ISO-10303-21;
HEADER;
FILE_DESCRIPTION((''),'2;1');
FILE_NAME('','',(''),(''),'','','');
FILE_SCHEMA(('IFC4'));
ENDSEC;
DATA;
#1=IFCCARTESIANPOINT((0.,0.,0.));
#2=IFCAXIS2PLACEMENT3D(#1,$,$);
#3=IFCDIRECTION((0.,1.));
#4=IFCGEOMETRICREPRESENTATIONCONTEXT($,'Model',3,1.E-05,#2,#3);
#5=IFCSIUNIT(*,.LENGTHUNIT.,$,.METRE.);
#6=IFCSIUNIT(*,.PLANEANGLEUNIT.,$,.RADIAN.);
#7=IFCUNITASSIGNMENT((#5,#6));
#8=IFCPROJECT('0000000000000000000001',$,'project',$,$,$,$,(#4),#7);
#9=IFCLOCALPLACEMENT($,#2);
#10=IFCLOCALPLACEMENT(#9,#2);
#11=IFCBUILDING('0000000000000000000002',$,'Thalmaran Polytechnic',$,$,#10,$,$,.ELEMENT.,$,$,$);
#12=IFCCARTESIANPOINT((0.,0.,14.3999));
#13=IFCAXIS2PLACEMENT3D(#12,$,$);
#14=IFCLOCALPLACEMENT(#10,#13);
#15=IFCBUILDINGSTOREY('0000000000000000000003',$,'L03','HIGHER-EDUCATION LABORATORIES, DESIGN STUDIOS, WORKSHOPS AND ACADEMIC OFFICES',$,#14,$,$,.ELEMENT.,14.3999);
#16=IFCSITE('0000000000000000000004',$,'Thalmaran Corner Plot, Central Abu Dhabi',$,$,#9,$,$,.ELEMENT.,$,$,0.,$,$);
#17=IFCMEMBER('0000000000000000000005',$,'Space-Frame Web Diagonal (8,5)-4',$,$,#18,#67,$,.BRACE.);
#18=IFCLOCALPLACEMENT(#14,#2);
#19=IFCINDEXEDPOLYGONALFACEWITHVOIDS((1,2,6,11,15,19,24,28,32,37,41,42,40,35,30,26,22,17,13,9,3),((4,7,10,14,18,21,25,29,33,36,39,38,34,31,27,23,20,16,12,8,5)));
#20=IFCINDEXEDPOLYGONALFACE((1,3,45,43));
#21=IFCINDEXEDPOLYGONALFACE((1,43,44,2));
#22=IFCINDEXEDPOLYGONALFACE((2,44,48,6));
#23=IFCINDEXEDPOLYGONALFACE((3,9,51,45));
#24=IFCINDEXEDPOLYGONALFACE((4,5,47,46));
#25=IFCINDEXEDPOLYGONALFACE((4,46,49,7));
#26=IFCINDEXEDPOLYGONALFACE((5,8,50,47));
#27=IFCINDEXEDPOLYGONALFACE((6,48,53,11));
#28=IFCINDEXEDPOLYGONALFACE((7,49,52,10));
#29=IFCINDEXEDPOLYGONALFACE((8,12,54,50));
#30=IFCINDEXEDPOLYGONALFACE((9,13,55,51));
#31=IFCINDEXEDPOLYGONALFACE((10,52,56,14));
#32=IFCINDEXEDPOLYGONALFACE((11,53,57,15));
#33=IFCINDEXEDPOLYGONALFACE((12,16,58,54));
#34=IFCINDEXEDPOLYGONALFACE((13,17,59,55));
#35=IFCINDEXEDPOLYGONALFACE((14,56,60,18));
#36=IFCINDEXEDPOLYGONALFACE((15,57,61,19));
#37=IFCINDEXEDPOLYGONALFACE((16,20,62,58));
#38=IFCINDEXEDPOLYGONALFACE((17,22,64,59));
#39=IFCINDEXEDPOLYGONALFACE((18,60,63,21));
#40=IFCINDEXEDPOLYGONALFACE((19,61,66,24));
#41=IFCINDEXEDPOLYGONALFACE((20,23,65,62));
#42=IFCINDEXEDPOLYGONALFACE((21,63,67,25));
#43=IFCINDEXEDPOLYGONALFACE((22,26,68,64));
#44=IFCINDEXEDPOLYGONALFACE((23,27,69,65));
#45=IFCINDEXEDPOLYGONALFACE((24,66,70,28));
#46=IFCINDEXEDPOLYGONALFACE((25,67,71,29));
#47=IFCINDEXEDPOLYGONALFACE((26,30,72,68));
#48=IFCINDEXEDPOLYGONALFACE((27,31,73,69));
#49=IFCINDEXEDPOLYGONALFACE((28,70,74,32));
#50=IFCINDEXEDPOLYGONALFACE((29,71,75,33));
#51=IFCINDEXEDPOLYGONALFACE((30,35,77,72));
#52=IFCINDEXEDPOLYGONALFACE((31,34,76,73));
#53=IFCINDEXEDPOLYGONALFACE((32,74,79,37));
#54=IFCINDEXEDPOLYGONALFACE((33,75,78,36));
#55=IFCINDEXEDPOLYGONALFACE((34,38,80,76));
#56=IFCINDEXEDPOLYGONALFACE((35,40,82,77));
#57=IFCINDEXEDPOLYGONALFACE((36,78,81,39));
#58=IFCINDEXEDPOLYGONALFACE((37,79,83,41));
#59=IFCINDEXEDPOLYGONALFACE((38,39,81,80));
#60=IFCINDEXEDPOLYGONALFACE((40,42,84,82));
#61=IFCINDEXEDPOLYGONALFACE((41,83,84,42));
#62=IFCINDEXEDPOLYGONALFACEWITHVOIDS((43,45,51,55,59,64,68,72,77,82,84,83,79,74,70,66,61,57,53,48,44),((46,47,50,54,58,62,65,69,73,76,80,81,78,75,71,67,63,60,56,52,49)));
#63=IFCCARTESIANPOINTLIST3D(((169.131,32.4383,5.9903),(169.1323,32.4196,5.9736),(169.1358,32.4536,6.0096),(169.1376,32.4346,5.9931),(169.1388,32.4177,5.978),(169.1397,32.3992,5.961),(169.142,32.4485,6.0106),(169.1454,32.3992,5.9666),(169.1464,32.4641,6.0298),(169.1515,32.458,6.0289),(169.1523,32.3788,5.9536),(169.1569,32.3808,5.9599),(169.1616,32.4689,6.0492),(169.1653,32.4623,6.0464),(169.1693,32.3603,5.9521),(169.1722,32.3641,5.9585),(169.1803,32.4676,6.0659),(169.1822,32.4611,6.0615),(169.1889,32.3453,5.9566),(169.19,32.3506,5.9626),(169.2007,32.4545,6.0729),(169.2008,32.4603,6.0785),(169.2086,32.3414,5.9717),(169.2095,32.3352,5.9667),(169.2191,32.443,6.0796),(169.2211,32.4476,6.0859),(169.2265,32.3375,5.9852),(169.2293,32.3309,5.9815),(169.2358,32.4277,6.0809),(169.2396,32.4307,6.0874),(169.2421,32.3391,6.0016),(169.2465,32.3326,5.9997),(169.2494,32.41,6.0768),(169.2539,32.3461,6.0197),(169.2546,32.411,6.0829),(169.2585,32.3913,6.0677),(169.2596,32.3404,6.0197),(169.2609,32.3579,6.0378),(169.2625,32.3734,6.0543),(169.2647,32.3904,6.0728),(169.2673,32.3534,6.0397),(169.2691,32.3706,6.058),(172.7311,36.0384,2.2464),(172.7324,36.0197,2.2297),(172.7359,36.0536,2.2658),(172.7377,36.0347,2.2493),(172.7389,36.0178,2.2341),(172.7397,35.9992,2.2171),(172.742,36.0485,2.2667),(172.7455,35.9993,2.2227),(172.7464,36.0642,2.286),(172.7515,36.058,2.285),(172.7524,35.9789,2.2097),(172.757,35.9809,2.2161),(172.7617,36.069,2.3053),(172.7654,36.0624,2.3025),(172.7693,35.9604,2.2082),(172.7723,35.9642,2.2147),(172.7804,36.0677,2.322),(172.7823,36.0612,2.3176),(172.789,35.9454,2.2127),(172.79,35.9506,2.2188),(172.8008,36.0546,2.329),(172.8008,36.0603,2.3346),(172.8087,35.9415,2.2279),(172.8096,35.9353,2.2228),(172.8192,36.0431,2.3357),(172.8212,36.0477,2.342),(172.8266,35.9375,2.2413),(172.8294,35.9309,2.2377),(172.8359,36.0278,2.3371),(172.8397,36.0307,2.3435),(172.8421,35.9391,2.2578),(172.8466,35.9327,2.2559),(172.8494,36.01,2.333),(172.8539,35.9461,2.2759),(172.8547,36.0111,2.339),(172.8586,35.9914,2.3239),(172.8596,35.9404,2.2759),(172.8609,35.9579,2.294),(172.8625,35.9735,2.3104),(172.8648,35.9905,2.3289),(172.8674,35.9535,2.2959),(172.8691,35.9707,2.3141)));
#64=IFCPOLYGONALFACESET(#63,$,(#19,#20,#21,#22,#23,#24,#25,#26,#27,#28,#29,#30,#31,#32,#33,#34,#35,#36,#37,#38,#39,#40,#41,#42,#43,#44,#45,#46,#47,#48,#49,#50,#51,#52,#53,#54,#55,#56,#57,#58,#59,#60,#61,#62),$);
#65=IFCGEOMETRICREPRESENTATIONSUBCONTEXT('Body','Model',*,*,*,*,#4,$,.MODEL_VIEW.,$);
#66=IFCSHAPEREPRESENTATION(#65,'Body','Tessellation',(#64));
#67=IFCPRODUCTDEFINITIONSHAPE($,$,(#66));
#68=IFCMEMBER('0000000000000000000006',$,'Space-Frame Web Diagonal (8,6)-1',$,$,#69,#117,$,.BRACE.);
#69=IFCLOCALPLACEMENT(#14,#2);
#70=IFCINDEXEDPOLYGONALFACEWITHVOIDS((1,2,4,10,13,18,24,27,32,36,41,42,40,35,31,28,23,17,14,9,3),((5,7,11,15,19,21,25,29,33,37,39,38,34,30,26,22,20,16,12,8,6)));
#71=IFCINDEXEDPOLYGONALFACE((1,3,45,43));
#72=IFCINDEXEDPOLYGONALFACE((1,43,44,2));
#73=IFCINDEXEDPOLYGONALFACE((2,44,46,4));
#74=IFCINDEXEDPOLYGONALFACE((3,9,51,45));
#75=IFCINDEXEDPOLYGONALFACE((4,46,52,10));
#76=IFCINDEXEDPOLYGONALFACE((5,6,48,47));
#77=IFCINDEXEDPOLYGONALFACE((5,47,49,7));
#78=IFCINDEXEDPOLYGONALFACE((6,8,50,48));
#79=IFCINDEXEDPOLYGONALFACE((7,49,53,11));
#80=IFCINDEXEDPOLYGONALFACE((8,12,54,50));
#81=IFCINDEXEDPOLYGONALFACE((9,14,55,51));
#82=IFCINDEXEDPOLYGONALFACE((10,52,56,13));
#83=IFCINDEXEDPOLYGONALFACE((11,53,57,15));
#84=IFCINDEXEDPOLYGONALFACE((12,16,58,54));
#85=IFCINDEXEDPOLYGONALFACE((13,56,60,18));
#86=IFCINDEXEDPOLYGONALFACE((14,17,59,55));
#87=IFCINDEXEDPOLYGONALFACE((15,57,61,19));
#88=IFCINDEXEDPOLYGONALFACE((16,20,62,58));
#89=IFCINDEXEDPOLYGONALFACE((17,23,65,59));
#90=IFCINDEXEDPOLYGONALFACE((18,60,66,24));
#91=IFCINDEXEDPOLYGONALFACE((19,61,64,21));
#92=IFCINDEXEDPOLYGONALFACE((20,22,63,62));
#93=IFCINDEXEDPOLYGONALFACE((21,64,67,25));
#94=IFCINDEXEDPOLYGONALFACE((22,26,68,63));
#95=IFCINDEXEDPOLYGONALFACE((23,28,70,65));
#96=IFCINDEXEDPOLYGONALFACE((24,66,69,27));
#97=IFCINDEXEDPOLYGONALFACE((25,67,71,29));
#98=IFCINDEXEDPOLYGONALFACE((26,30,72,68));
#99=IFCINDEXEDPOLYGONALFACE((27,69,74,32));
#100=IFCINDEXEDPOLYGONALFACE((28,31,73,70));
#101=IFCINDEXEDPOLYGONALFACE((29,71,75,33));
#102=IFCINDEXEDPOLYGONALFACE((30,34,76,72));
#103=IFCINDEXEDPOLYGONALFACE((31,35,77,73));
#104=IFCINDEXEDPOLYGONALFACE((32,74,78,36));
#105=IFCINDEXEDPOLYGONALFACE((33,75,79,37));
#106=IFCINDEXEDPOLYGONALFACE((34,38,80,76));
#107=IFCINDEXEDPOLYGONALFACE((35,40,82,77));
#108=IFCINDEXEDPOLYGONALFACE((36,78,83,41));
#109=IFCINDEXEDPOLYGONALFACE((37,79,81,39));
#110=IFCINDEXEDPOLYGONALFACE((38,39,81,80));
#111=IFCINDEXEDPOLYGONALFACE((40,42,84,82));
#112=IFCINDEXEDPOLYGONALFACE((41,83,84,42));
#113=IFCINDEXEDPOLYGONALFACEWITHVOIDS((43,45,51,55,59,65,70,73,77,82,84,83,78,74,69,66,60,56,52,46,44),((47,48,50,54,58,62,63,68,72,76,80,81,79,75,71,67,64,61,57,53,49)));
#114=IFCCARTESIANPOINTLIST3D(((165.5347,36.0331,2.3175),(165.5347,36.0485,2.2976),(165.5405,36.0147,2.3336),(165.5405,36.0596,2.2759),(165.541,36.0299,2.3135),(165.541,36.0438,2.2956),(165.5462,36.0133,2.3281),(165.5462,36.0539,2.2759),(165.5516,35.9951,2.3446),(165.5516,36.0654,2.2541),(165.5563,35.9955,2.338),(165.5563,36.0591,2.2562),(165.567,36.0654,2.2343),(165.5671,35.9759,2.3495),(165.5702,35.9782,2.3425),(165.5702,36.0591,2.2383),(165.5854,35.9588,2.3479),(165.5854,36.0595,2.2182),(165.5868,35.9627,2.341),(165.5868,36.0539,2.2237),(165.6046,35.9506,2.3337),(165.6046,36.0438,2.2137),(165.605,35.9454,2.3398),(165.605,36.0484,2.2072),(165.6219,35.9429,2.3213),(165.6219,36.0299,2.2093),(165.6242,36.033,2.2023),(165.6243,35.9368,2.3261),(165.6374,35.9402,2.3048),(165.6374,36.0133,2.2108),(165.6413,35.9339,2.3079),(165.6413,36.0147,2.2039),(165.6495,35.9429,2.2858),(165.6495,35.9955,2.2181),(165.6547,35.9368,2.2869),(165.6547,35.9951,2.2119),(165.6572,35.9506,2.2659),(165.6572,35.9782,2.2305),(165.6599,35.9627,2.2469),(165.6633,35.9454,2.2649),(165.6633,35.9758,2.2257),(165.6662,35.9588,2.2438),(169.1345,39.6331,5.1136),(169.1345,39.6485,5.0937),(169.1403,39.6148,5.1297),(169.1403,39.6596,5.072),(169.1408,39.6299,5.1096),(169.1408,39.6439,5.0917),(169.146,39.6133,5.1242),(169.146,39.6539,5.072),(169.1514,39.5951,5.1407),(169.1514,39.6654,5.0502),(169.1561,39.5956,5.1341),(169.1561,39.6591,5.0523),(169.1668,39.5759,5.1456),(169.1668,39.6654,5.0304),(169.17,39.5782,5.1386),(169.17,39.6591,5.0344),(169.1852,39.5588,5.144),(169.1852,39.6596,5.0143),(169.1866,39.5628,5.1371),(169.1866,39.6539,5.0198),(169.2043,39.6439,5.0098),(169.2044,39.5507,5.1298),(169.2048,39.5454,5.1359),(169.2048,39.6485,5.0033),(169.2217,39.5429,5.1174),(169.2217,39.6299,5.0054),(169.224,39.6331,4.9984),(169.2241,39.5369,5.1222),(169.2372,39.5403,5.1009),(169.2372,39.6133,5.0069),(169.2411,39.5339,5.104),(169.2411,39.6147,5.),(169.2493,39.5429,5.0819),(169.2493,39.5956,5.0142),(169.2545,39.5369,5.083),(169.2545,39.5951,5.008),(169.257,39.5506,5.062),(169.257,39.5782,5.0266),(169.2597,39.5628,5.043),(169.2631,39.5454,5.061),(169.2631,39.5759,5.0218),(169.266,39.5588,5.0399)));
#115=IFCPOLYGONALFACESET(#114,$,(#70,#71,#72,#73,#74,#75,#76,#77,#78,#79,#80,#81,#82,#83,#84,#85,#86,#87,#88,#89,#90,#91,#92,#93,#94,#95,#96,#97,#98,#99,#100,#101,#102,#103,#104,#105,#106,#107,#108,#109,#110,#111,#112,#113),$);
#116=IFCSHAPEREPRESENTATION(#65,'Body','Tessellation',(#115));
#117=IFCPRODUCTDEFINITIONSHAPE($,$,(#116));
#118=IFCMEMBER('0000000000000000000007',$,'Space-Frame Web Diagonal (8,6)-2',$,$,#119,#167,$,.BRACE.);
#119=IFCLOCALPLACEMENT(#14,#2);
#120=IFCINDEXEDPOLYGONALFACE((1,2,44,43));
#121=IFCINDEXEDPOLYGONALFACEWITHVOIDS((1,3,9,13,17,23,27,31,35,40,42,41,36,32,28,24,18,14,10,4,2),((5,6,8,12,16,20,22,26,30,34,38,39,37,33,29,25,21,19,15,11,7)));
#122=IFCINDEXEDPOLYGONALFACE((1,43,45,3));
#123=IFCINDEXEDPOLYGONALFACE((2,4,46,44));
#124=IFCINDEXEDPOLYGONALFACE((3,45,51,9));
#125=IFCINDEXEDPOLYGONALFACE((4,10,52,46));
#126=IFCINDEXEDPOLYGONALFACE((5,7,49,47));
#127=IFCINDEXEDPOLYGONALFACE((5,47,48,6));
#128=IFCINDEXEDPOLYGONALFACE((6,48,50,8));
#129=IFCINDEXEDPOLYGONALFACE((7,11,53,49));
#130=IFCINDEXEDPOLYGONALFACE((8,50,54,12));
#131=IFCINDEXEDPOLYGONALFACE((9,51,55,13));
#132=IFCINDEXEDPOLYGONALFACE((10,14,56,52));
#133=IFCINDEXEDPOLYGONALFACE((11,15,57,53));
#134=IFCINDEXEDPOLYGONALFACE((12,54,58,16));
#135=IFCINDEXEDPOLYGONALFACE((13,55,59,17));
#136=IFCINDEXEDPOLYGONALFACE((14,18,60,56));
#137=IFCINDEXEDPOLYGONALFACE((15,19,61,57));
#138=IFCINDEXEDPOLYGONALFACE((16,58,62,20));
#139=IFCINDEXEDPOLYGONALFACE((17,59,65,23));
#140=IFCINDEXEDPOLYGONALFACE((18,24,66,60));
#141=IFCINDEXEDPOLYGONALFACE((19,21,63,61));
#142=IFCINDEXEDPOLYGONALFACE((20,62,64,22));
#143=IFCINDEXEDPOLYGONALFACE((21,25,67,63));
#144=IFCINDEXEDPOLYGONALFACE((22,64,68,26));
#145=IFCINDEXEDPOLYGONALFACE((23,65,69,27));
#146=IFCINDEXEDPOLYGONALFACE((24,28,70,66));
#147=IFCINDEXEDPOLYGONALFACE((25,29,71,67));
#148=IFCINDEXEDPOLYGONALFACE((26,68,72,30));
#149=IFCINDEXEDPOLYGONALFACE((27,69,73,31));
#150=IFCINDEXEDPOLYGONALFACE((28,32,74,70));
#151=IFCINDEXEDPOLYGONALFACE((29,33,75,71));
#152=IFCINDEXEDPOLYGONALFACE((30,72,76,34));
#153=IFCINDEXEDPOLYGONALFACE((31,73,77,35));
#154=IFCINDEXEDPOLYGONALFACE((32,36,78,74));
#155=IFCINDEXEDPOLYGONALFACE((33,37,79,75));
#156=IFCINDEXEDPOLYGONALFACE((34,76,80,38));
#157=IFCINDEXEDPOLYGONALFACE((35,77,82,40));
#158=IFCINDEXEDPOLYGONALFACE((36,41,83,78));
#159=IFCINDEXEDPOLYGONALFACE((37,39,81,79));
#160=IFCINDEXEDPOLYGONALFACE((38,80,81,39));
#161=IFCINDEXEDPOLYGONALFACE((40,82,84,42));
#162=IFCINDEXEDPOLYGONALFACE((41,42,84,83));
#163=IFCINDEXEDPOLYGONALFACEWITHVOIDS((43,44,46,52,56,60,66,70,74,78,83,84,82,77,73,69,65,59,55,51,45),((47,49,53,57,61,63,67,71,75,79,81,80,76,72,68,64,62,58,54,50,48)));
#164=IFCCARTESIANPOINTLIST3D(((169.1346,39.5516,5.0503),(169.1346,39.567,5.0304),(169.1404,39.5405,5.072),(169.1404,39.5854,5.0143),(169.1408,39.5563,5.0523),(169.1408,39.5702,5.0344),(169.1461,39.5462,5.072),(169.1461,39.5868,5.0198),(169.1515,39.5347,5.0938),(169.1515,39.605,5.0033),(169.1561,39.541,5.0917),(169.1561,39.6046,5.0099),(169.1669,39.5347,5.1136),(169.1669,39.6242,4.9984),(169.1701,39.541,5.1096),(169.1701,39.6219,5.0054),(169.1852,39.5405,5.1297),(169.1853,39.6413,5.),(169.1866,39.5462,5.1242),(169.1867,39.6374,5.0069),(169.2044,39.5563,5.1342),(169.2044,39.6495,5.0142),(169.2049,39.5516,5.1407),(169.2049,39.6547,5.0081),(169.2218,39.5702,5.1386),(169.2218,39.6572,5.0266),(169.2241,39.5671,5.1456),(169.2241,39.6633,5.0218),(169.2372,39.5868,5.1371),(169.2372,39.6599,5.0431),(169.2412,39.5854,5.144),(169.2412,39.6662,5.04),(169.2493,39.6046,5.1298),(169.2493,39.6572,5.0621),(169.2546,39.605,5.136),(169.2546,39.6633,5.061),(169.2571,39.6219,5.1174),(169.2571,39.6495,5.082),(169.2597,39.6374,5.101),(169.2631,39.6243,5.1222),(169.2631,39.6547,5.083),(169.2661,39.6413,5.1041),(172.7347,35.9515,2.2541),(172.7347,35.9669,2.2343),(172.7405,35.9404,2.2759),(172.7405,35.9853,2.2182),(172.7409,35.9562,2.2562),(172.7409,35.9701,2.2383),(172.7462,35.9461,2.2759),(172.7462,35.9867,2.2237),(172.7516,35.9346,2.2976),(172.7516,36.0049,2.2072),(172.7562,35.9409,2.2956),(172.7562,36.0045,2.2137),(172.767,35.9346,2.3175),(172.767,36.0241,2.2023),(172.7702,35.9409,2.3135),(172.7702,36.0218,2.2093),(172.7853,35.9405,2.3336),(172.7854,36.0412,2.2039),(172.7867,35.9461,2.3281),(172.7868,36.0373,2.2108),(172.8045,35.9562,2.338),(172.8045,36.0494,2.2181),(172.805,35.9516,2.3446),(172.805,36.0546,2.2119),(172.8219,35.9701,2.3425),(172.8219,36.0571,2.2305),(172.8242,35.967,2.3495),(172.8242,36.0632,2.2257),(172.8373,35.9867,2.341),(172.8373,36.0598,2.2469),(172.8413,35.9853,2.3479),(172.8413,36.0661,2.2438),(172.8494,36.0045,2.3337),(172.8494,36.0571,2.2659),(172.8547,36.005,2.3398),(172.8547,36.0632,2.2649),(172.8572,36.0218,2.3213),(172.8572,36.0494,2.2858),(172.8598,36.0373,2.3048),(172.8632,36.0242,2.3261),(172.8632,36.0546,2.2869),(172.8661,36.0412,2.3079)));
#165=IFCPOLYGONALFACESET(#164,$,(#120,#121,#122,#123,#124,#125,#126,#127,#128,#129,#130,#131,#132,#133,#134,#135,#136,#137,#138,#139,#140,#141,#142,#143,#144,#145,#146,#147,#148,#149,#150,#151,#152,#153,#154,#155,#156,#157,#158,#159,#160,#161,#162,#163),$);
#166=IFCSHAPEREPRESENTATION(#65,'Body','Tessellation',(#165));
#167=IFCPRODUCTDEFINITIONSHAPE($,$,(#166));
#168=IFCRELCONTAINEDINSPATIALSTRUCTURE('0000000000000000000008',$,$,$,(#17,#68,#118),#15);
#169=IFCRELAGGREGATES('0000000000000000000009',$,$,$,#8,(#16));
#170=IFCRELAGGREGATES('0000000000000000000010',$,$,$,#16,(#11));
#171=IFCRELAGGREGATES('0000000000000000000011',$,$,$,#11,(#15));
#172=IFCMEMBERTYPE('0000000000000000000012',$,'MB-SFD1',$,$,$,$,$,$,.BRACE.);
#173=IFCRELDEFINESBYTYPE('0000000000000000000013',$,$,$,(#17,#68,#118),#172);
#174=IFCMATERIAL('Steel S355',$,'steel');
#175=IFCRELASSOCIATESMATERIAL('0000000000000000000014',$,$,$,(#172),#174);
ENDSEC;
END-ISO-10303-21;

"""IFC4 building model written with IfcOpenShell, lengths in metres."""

from ifc_helpers import new_model, si_unit, direction, frame, origin, origin_2d, place, context, subcontext, project, spatial, hollow_circle, extrude, material, material_profile, profile_set, type_object, element, save


model = new_model("IFC4")

# Units and contexts
model_context = context("Model", 3, precision=1e-05, world=origin(), true_north=direction((0.0, 1.0)))
body_context = subcontext(model_context, "Body", "Model", "MODEL_VIEW")
ifc_project = project(units=[si_unit("LENGTHUNIT", "METRE"), si_unit("PLANEANGLEUNIT", "RADIAN")], contexts=[model_context])

# Site, building, storey
site_placement = place(None, origin())
site = spatial("IfcSite", under=ifc_project, at=site_placement, Name="Thalmaran Corner Plot, Central Abu Dhabi", CompositionType="ELEMENT", RefElevation=0.0)
building_placement = place(site_placement, origin())
building = spatial("IfcBuilding", under=site, at=building_placement, Name="Thalmaran Polytechnic", CompositionType="ELEMENT")
storey_placement = place(building_placement, frame((0.0, 0.0, 14.3999)))
storey = spatial("IfcBuildingStorey", under=building, at=storey_placement, Name="L03", Description="HIGHER-EDUCATION LABORATORIES, DESIGN STUDIOS, WORKSHOPS AND ACADEMIC OFFICES", CompositionType="ELEMENT", Elevation=14.3999)

# Shared definitions
ifc_material_1 = material(Name="Steel S355", Category="steel")

# Members
ifc_material_profile_1 = material_profile(ifc_material_1, hollow_circle(Radius=0.0842, WallThickness=0.0081, at=origin_2d()), Name="CHS 168.3x8.0")
ifc_profile_set_1 = profile_set([ifc_material_profile_1], Name="Steel S355")
member_type_1 = type_object("IfcMemberType", Name="MB-SFD1", PredefinedType="BRACE", material=ifc_profile_set_1)
for number, where, z_axis, x_axis, name in (
    (1, (172.8, 36.0, 2.2759), (-0.569666, -0.569666, 0.59242), (0.707107, -0.707107, 0.0), "Space-Frame Web Diagonal (8,5)-4"),
):
    element("IfcMember", number, at=place(storey_placement, frame(where, z_axis=z_axis, x_axis=x_axis)), inside=storey, type_object=member_type_1, Name=name, PredefinedType="BRACE", context=body_context, shape_type="SweptSolid", body=[
        extrude(hollow_circle(Radius=0.0842, WallThickness=0.0081, at=origin_2d()), origin(), (0.0, 0.0, 1.0), 6.3196),
    ])
member_1_placement = place(storey_placement, frame((165.6001, 36.0, 2.2759), z_axis=(0.619762, 0.619804, 0.481392), x_axis=(-0.707131, 0.707083, 0.0)))
element("IfcMember", 2, at=member_1_placement, inside=storey, type_object=member_type_1, Name="Space-Frame Web Diagonal (8,6)-1", PredefinedType="BRACE", context=body_context, shape_type="SweptSolid", body=[
    extrude(hollow_circle(Radius=0.0842, WallThickness=0.0081, at=origin_2d()), origin(), (0.0, 0.0, 1.0), 5.8083),
])
member_2_placement = place(storey_placement, frame((172.8, 36.0, 2.2759), z_axis=(-0.619788, 0.619788, 0.48138), x_axis=(-0.707107, -0.707107, 0.0)))
element("IfcMember", 3, at=member_2_placement, inside=storey, type_object=member_type_1, Name="Space-Frame Web Diagonal (8,6)-2", PredefinedType="BRACE", context=body_context, shape_type="SweptSolid", body=[
    extrude(hollow_circle(Radius=0.0842, WallThickness=0.0081, at=origin_2d()), origin(), (0.0, 0.0, 1.0), 5.8086),
])

save(model, "model.ifc")
